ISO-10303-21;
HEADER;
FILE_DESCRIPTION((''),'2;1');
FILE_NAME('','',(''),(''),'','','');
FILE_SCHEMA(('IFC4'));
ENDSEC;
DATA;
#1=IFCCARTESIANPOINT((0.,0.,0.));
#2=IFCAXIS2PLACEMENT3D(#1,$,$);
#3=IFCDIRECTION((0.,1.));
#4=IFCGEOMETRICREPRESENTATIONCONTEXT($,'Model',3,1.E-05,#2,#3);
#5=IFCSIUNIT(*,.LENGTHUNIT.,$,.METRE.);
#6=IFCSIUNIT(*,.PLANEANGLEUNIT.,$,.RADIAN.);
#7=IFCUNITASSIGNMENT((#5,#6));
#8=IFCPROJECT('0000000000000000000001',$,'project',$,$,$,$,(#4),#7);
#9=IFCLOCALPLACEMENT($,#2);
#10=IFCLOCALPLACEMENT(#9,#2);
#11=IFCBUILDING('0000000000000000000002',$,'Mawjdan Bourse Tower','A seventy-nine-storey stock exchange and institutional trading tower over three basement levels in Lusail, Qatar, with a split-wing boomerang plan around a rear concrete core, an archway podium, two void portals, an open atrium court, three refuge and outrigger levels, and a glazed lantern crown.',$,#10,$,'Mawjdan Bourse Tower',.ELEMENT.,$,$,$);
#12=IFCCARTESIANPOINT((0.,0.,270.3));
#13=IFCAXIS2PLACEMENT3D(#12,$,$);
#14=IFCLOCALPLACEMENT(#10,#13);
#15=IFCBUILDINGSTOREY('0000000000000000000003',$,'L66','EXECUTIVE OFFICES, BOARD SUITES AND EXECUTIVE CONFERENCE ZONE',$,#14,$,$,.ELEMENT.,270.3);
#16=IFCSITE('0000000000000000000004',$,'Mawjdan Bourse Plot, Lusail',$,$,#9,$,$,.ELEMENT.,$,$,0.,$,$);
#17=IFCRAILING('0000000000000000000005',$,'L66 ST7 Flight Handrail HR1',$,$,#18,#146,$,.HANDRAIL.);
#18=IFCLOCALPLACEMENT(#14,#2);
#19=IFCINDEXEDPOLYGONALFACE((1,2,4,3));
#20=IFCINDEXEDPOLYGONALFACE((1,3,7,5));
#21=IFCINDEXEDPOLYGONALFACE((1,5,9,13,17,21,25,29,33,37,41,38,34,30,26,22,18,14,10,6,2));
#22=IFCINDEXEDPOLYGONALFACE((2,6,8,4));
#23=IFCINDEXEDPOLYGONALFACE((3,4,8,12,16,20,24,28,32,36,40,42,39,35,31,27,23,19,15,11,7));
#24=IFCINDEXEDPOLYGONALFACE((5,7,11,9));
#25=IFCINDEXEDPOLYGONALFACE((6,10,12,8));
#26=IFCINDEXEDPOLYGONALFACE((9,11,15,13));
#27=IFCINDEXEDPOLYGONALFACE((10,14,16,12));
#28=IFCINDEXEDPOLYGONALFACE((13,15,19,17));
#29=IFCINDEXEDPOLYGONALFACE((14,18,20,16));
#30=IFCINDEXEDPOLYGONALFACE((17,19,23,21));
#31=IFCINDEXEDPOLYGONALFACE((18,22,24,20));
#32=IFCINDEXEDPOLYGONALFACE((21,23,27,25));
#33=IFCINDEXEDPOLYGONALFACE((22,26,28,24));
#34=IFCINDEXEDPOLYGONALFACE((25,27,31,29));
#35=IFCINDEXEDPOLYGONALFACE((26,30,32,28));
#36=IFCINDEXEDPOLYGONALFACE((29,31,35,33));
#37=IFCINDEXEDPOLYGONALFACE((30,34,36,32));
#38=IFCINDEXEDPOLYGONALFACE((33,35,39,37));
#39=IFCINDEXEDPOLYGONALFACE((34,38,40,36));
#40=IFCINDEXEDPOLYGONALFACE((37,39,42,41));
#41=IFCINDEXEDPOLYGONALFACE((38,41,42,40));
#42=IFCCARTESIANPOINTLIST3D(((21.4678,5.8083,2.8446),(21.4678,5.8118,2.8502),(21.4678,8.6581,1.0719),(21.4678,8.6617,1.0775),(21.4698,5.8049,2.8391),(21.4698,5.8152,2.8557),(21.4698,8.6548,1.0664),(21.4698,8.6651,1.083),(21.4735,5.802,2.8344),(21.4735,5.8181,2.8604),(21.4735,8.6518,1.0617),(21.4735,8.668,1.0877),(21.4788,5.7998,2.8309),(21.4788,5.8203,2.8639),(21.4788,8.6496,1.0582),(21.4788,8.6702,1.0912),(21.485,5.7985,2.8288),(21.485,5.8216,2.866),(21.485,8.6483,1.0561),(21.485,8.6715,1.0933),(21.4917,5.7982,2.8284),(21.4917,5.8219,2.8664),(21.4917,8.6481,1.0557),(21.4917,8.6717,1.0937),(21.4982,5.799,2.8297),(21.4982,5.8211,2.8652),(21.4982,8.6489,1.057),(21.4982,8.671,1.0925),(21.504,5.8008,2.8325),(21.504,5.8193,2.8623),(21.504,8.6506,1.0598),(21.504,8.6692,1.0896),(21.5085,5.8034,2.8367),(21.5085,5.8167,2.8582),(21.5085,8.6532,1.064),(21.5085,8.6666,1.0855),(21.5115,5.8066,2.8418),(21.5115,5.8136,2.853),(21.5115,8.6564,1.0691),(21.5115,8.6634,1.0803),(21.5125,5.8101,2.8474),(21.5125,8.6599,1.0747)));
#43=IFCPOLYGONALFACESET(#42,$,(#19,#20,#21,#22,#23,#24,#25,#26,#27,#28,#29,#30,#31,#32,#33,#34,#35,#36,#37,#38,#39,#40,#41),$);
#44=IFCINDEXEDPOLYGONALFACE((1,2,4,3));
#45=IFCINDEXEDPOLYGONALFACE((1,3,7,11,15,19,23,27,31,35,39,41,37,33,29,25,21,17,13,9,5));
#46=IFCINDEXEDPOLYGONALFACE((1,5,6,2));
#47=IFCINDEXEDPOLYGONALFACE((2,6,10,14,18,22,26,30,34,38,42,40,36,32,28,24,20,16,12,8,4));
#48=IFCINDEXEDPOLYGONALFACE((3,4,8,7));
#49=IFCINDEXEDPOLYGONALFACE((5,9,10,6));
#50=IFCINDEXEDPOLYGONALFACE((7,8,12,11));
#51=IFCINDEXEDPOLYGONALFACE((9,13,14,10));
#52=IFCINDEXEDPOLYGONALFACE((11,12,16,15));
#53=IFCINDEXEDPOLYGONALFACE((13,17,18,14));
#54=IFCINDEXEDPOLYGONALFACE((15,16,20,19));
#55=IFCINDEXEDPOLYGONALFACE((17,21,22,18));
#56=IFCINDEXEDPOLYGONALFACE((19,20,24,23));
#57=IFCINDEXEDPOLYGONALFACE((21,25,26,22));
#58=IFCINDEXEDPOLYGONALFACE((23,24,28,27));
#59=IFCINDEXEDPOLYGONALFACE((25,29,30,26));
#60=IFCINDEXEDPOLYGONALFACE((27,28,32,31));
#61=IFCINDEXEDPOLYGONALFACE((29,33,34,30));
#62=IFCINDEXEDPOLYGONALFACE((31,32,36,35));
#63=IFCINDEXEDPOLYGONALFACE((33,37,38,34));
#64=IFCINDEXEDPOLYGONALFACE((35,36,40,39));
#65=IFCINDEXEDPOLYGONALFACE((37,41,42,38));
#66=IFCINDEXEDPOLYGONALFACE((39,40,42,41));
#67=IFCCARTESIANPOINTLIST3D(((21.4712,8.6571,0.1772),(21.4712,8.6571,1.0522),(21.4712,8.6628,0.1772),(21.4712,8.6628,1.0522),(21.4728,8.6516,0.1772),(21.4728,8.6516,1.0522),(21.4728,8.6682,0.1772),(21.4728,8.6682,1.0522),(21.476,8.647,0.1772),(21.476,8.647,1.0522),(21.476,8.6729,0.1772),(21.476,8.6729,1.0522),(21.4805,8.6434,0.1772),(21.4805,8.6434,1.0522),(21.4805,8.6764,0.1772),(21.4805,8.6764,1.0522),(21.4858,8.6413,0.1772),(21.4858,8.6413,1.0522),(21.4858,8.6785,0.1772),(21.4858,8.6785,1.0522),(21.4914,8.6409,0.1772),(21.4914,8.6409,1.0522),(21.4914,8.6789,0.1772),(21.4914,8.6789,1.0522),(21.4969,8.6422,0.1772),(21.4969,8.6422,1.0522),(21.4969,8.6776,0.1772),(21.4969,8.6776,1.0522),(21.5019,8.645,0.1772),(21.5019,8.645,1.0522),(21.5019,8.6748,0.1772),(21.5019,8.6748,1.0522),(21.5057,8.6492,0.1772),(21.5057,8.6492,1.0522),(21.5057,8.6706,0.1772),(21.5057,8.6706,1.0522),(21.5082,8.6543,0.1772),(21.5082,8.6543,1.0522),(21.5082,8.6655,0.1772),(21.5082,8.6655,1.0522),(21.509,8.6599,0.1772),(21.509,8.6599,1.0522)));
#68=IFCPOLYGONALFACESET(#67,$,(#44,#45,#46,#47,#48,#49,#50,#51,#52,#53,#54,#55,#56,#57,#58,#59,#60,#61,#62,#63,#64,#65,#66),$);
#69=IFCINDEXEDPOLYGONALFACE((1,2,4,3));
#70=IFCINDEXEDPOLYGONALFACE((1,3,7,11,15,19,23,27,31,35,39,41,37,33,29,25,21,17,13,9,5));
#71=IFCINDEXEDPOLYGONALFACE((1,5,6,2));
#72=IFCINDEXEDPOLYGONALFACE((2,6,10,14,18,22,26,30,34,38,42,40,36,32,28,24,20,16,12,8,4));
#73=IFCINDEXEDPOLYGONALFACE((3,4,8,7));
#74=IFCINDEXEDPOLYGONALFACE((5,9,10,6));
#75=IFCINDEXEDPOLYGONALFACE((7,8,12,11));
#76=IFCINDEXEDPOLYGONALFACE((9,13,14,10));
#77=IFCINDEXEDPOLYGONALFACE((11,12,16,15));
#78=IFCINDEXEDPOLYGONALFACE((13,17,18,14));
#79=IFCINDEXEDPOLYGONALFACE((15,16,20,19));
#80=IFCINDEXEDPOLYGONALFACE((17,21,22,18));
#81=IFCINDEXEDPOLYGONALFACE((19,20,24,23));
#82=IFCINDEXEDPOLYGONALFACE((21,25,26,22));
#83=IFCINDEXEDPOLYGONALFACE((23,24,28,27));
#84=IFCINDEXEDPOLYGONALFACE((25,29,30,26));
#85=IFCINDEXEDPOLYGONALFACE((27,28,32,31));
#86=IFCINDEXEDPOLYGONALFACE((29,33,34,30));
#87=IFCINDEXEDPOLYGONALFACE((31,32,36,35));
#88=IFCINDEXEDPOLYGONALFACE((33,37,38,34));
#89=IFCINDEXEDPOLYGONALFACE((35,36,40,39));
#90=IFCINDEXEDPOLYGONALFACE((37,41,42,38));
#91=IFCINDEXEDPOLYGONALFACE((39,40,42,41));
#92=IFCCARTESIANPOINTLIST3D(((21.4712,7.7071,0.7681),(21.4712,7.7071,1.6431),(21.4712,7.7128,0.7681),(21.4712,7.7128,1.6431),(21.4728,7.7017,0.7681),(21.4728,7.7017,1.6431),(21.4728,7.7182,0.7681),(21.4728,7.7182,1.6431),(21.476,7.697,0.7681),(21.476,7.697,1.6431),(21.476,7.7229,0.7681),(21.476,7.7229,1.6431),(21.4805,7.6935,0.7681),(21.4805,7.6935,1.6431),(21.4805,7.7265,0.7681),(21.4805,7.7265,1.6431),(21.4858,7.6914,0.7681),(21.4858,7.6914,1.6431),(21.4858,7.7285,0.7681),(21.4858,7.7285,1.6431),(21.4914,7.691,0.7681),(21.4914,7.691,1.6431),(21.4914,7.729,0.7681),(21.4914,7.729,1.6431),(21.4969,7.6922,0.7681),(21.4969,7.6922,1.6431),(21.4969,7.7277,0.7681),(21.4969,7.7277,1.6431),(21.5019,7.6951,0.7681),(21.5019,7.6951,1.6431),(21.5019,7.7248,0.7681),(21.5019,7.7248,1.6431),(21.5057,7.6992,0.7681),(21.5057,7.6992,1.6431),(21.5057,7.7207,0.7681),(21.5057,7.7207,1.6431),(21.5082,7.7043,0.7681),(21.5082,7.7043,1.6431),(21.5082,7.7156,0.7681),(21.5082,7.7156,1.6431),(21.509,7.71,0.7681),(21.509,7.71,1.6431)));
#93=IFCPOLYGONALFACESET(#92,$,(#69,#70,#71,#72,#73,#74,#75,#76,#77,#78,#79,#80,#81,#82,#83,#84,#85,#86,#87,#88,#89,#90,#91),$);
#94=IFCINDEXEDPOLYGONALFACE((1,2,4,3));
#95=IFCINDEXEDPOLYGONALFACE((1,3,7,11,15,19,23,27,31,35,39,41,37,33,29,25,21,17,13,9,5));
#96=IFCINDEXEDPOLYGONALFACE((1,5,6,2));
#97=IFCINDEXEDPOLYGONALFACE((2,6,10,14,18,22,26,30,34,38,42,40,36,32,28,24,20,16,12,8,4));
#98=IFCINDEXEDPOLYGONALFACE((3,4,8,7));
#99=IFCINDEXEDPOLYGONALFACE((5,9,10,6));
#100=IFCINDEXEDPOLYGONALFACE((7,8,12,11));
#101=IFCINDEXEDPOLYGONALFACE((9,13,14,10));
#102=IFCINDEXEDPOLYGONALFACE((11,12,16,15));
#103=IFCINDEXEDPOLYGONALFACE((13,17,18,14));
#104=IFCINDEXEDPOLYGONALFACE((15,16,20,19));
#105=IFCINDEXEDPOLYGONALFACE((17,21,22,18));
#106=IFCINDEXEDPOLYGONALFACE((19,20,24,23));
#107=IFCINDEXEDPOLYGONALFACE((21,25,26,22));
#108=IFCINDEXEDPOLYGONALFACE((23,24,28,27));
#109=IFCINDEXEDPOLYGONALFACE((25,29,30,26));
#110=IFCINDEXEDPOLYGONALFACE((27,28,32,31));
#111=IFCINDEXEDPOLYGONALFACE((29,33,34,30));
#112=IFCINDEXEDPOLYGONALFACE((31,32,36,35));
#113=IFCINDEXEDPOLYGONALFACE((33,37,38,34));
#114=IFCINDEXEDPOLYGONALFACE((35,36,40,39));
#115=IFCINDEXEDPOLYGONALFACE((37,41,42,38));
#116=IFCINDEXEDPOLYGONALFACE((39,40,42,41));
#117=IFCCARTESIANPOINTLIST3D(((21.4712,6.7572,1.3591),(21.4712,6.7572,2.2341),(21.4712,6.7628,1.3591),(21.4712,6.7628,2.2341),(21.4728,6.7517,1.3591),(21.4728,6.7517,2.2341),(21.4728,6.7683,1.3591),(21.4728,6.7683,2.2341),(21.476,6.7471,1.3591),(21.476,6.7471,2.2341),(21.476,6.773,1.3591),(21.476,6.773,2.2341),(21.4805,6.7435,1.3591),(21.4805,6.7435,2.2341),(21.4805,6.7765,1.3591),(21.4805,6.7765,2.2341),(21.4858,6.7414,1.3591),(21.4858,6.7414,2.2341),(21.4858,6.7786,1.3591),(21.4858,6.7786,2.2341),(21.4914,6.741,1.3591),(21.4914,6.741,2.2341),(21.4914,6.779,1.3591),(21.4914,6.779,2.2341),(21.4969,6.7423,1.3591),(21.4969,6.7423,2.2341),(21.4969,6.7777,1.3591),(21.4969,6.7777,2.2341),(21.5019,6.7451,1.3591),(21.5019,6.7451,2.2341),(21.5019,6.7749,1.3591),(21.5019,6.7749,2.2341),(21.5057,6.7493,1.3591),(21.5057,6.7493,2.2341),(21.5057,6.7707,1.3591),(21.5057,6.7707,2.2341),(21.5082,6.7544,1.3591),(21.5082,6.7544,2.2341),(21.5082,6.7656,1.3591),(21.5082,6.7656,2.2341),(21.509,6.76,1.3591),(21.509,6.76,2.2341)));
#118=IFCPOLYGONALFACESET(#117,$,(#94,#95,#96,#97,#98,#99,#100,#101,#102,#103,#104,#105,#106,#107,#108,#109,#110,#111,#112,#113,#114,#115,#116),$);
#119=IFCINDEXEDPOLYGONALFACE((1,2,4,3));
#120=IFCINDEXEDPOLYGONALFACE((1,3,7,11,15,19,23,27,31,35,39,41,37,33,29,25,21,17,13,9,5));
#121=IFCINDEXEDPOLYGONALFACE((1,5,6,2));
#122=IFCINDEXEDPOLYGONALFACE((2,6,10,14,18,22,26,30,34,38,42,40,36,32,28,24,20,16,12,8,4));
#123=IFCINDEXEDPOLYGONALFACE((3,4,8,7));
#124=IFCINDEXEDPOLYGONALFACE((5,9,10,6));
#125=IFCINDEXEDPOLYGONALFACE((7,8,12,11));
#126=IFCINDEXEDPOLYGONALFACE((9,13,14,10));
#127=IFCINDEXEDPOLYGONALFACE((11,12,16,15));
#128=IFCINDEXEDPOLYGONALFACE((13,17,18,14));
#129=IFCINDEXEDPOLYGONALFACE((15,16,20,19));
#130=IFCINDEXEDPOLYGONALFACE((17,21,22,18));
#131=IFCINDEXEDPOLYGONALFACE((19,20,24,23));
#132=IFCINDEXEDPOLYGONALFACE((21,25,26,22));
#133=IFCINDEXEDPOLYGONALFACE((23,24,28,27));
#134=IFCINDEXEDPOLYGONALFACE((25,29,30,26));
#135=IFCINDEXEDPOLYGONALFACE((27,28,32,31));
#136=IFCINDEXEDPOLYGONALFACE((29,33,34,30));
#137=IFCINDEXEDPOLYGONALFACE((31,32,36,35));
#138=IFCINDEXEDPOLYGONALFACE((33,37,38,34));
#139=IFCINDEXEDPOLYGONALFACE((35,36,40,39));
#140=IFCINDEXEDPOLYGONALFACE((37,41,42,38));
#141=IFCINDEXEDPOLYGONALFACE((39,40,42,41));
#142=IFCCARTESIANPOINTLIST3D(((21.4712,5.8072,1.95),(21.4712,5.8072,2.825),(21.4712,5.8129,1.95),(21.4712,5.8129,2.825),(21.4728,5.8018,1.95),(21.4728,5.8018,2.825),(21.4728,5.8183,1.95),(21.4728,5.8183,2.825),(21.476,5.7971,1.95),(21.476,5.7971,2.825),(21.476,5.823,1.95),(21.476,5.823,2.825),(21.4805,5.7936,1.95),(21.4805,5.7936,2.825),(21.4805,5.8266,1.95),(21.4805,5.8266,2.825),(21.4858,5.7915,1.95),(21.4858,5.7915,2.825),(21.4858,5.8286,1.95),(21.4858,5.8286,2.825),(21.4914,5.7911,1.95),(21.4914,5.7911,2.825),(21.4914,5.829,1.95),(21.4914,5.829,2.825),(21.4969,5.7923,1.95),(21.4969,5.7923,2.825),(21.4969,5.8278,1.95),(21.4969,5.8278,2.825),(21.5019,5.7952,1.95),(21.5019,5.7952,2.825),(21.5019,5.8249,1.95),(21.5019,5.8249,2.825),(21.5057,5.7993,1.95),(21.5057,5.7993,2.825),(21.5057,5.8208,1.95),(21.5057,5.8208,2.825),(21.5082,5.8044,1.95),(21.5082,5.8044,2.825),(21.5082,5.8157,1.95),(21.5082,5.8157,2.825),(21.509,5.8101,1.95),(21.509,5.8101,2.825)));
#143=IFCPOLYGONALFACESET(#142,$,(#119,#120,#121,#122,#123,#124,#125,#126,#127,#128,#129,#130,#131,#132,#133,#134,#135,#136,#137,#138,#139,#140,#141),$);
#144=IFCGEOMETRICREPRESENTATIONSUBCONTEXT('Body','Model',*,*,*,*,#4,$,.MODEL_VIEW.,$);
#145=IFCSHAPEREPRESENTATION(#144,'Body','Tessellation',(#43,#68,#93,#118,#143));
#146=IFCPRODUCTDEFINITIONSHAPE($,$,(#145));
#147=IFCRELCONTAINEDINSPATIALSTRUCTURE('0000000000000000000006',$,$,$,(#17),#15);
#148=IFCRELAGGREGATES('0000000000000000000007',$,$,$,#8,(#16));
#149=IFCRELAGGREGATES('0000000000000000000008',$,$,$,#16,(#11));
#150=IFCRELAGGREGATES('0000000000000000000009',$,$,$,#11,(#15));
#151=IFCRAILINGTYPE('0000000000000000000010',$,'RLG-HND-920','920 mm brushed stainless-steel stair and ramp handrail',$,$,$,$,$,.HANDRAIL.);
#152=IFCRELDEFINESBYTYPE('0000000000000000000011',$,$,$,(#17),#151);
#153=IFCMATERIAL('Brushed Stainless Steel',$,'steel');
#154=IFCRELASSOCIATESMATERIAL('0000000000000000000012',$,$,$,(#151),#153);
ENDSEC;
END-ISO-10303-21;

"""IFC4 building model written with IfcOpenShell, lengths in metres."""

from ifc_helpers import new_model, si_unit, direction, frame, origin, origin_2d, place, context, subcontext, project, spatial, circle, extrude, material, type_object, element, save


model = new_model("IFC4")

# Units and contexts
model_context = context("Model", 3, precision=1e-05, world=origin(), true_north=direction((0.0, 1.0)))
body_context = subcontext(model_context, "Body", "Model", "MODEL_VIEW")
ifc_project = project(units=[si_unit("LENGTHUNIT", "METRE"), si_unit("PLANEANGLEUNIT", "RADIAN")], contexts=[model_context])

# Site, building, storey
site_placement = place(None, origin())
site = spatial("IfcSite", under=ifc_project, at=site_placement, Name="Mawjdan Bourse Plot, Lusail", CompositionType="ELEMENT", RefElevation=0.0)
building_placement = place(site_placement, origin())
building = spatial("IfcBuilding", under=site, at=building_placement, Name="Mawjdan Bourse Tower", Description="A seventy-nine-storey stock exchange and institutional trading tower over three basement levels in Lusail, Qatar, with a split-wing boomerang plan around a rear concrete core, an archway podium, two void portals, an open atrium court, three refuge and outrigger levels, and a glazed lantern crown.", LongName="Mawjdan Bourse Tower", CompositionType="ELEMENT")
storey_placement = place(building_placement, frame((0.0, 0.0, 270.3)))
storey = spatial("IfcBuildingStorey", under=building, at=storey_placement, Name="L66", Description="EXECUTIVE OFFICES, BOARD SUITES AND EXECUTIVE CONFERENCE ZONE", CompositionType="ELEMENT", Elevation=270.3)

# Shared definitions
ifc_material_1 = material(Name="Brushed Stainless Steel", Category="steel")

# Railing
railing_type_1 = type_object("IfcRailingType", Name="RLG-HND-920", Description="920 mm brushed stainless-steel stair and ramp handrail", PredefinedType="HANDRAIL", material=ifc_material_1)
railing_1_placement = place(storey_placement, frame((21.49, 8.6599, 0.1772)))
element("IfcRailing", 1, at=railing_1_placement, inside=storey, type_object=railing_type_1, Name="L66 ST7 Flight Handrail HR1", PredefinedType="HANDRAIL", context=body_context, shape_type="SweptSolid", body=[
    extrude(circle(Radius=0.0225, at=origin_2d()), frame((0.0, 0.0, 0.8975), z_axis=(0.0, -0.849128, 0.528187), x_axis=(1.0, 0.0, 0.0)), (0.0, 0.0, 1.0), 3.3562),
    extrude(circle(Radius=0.019, at=origin_2d()), origin(), (0.0, 0.0, 1.0), 0.875),
    extrude(circle(Radius=0.019, at=origin_2d()), frame((0.0, -0.95, 0.5908)), (0.0, 0.0, 1.0), 0.875),
    extrude(circle(Radius=0.019, at=origin_2d()), frame((0.0, -1.8999, 1.1819)), (0.0, 0.0, 1.0), 0.875),
    extrude(circle(Radius=0.019, at=origin_2d()), frame((0.0, -2.8499, 1.7727)), (0.0, 0.0, 1.0), 0.875),
])

save(model, "model.ifc")
